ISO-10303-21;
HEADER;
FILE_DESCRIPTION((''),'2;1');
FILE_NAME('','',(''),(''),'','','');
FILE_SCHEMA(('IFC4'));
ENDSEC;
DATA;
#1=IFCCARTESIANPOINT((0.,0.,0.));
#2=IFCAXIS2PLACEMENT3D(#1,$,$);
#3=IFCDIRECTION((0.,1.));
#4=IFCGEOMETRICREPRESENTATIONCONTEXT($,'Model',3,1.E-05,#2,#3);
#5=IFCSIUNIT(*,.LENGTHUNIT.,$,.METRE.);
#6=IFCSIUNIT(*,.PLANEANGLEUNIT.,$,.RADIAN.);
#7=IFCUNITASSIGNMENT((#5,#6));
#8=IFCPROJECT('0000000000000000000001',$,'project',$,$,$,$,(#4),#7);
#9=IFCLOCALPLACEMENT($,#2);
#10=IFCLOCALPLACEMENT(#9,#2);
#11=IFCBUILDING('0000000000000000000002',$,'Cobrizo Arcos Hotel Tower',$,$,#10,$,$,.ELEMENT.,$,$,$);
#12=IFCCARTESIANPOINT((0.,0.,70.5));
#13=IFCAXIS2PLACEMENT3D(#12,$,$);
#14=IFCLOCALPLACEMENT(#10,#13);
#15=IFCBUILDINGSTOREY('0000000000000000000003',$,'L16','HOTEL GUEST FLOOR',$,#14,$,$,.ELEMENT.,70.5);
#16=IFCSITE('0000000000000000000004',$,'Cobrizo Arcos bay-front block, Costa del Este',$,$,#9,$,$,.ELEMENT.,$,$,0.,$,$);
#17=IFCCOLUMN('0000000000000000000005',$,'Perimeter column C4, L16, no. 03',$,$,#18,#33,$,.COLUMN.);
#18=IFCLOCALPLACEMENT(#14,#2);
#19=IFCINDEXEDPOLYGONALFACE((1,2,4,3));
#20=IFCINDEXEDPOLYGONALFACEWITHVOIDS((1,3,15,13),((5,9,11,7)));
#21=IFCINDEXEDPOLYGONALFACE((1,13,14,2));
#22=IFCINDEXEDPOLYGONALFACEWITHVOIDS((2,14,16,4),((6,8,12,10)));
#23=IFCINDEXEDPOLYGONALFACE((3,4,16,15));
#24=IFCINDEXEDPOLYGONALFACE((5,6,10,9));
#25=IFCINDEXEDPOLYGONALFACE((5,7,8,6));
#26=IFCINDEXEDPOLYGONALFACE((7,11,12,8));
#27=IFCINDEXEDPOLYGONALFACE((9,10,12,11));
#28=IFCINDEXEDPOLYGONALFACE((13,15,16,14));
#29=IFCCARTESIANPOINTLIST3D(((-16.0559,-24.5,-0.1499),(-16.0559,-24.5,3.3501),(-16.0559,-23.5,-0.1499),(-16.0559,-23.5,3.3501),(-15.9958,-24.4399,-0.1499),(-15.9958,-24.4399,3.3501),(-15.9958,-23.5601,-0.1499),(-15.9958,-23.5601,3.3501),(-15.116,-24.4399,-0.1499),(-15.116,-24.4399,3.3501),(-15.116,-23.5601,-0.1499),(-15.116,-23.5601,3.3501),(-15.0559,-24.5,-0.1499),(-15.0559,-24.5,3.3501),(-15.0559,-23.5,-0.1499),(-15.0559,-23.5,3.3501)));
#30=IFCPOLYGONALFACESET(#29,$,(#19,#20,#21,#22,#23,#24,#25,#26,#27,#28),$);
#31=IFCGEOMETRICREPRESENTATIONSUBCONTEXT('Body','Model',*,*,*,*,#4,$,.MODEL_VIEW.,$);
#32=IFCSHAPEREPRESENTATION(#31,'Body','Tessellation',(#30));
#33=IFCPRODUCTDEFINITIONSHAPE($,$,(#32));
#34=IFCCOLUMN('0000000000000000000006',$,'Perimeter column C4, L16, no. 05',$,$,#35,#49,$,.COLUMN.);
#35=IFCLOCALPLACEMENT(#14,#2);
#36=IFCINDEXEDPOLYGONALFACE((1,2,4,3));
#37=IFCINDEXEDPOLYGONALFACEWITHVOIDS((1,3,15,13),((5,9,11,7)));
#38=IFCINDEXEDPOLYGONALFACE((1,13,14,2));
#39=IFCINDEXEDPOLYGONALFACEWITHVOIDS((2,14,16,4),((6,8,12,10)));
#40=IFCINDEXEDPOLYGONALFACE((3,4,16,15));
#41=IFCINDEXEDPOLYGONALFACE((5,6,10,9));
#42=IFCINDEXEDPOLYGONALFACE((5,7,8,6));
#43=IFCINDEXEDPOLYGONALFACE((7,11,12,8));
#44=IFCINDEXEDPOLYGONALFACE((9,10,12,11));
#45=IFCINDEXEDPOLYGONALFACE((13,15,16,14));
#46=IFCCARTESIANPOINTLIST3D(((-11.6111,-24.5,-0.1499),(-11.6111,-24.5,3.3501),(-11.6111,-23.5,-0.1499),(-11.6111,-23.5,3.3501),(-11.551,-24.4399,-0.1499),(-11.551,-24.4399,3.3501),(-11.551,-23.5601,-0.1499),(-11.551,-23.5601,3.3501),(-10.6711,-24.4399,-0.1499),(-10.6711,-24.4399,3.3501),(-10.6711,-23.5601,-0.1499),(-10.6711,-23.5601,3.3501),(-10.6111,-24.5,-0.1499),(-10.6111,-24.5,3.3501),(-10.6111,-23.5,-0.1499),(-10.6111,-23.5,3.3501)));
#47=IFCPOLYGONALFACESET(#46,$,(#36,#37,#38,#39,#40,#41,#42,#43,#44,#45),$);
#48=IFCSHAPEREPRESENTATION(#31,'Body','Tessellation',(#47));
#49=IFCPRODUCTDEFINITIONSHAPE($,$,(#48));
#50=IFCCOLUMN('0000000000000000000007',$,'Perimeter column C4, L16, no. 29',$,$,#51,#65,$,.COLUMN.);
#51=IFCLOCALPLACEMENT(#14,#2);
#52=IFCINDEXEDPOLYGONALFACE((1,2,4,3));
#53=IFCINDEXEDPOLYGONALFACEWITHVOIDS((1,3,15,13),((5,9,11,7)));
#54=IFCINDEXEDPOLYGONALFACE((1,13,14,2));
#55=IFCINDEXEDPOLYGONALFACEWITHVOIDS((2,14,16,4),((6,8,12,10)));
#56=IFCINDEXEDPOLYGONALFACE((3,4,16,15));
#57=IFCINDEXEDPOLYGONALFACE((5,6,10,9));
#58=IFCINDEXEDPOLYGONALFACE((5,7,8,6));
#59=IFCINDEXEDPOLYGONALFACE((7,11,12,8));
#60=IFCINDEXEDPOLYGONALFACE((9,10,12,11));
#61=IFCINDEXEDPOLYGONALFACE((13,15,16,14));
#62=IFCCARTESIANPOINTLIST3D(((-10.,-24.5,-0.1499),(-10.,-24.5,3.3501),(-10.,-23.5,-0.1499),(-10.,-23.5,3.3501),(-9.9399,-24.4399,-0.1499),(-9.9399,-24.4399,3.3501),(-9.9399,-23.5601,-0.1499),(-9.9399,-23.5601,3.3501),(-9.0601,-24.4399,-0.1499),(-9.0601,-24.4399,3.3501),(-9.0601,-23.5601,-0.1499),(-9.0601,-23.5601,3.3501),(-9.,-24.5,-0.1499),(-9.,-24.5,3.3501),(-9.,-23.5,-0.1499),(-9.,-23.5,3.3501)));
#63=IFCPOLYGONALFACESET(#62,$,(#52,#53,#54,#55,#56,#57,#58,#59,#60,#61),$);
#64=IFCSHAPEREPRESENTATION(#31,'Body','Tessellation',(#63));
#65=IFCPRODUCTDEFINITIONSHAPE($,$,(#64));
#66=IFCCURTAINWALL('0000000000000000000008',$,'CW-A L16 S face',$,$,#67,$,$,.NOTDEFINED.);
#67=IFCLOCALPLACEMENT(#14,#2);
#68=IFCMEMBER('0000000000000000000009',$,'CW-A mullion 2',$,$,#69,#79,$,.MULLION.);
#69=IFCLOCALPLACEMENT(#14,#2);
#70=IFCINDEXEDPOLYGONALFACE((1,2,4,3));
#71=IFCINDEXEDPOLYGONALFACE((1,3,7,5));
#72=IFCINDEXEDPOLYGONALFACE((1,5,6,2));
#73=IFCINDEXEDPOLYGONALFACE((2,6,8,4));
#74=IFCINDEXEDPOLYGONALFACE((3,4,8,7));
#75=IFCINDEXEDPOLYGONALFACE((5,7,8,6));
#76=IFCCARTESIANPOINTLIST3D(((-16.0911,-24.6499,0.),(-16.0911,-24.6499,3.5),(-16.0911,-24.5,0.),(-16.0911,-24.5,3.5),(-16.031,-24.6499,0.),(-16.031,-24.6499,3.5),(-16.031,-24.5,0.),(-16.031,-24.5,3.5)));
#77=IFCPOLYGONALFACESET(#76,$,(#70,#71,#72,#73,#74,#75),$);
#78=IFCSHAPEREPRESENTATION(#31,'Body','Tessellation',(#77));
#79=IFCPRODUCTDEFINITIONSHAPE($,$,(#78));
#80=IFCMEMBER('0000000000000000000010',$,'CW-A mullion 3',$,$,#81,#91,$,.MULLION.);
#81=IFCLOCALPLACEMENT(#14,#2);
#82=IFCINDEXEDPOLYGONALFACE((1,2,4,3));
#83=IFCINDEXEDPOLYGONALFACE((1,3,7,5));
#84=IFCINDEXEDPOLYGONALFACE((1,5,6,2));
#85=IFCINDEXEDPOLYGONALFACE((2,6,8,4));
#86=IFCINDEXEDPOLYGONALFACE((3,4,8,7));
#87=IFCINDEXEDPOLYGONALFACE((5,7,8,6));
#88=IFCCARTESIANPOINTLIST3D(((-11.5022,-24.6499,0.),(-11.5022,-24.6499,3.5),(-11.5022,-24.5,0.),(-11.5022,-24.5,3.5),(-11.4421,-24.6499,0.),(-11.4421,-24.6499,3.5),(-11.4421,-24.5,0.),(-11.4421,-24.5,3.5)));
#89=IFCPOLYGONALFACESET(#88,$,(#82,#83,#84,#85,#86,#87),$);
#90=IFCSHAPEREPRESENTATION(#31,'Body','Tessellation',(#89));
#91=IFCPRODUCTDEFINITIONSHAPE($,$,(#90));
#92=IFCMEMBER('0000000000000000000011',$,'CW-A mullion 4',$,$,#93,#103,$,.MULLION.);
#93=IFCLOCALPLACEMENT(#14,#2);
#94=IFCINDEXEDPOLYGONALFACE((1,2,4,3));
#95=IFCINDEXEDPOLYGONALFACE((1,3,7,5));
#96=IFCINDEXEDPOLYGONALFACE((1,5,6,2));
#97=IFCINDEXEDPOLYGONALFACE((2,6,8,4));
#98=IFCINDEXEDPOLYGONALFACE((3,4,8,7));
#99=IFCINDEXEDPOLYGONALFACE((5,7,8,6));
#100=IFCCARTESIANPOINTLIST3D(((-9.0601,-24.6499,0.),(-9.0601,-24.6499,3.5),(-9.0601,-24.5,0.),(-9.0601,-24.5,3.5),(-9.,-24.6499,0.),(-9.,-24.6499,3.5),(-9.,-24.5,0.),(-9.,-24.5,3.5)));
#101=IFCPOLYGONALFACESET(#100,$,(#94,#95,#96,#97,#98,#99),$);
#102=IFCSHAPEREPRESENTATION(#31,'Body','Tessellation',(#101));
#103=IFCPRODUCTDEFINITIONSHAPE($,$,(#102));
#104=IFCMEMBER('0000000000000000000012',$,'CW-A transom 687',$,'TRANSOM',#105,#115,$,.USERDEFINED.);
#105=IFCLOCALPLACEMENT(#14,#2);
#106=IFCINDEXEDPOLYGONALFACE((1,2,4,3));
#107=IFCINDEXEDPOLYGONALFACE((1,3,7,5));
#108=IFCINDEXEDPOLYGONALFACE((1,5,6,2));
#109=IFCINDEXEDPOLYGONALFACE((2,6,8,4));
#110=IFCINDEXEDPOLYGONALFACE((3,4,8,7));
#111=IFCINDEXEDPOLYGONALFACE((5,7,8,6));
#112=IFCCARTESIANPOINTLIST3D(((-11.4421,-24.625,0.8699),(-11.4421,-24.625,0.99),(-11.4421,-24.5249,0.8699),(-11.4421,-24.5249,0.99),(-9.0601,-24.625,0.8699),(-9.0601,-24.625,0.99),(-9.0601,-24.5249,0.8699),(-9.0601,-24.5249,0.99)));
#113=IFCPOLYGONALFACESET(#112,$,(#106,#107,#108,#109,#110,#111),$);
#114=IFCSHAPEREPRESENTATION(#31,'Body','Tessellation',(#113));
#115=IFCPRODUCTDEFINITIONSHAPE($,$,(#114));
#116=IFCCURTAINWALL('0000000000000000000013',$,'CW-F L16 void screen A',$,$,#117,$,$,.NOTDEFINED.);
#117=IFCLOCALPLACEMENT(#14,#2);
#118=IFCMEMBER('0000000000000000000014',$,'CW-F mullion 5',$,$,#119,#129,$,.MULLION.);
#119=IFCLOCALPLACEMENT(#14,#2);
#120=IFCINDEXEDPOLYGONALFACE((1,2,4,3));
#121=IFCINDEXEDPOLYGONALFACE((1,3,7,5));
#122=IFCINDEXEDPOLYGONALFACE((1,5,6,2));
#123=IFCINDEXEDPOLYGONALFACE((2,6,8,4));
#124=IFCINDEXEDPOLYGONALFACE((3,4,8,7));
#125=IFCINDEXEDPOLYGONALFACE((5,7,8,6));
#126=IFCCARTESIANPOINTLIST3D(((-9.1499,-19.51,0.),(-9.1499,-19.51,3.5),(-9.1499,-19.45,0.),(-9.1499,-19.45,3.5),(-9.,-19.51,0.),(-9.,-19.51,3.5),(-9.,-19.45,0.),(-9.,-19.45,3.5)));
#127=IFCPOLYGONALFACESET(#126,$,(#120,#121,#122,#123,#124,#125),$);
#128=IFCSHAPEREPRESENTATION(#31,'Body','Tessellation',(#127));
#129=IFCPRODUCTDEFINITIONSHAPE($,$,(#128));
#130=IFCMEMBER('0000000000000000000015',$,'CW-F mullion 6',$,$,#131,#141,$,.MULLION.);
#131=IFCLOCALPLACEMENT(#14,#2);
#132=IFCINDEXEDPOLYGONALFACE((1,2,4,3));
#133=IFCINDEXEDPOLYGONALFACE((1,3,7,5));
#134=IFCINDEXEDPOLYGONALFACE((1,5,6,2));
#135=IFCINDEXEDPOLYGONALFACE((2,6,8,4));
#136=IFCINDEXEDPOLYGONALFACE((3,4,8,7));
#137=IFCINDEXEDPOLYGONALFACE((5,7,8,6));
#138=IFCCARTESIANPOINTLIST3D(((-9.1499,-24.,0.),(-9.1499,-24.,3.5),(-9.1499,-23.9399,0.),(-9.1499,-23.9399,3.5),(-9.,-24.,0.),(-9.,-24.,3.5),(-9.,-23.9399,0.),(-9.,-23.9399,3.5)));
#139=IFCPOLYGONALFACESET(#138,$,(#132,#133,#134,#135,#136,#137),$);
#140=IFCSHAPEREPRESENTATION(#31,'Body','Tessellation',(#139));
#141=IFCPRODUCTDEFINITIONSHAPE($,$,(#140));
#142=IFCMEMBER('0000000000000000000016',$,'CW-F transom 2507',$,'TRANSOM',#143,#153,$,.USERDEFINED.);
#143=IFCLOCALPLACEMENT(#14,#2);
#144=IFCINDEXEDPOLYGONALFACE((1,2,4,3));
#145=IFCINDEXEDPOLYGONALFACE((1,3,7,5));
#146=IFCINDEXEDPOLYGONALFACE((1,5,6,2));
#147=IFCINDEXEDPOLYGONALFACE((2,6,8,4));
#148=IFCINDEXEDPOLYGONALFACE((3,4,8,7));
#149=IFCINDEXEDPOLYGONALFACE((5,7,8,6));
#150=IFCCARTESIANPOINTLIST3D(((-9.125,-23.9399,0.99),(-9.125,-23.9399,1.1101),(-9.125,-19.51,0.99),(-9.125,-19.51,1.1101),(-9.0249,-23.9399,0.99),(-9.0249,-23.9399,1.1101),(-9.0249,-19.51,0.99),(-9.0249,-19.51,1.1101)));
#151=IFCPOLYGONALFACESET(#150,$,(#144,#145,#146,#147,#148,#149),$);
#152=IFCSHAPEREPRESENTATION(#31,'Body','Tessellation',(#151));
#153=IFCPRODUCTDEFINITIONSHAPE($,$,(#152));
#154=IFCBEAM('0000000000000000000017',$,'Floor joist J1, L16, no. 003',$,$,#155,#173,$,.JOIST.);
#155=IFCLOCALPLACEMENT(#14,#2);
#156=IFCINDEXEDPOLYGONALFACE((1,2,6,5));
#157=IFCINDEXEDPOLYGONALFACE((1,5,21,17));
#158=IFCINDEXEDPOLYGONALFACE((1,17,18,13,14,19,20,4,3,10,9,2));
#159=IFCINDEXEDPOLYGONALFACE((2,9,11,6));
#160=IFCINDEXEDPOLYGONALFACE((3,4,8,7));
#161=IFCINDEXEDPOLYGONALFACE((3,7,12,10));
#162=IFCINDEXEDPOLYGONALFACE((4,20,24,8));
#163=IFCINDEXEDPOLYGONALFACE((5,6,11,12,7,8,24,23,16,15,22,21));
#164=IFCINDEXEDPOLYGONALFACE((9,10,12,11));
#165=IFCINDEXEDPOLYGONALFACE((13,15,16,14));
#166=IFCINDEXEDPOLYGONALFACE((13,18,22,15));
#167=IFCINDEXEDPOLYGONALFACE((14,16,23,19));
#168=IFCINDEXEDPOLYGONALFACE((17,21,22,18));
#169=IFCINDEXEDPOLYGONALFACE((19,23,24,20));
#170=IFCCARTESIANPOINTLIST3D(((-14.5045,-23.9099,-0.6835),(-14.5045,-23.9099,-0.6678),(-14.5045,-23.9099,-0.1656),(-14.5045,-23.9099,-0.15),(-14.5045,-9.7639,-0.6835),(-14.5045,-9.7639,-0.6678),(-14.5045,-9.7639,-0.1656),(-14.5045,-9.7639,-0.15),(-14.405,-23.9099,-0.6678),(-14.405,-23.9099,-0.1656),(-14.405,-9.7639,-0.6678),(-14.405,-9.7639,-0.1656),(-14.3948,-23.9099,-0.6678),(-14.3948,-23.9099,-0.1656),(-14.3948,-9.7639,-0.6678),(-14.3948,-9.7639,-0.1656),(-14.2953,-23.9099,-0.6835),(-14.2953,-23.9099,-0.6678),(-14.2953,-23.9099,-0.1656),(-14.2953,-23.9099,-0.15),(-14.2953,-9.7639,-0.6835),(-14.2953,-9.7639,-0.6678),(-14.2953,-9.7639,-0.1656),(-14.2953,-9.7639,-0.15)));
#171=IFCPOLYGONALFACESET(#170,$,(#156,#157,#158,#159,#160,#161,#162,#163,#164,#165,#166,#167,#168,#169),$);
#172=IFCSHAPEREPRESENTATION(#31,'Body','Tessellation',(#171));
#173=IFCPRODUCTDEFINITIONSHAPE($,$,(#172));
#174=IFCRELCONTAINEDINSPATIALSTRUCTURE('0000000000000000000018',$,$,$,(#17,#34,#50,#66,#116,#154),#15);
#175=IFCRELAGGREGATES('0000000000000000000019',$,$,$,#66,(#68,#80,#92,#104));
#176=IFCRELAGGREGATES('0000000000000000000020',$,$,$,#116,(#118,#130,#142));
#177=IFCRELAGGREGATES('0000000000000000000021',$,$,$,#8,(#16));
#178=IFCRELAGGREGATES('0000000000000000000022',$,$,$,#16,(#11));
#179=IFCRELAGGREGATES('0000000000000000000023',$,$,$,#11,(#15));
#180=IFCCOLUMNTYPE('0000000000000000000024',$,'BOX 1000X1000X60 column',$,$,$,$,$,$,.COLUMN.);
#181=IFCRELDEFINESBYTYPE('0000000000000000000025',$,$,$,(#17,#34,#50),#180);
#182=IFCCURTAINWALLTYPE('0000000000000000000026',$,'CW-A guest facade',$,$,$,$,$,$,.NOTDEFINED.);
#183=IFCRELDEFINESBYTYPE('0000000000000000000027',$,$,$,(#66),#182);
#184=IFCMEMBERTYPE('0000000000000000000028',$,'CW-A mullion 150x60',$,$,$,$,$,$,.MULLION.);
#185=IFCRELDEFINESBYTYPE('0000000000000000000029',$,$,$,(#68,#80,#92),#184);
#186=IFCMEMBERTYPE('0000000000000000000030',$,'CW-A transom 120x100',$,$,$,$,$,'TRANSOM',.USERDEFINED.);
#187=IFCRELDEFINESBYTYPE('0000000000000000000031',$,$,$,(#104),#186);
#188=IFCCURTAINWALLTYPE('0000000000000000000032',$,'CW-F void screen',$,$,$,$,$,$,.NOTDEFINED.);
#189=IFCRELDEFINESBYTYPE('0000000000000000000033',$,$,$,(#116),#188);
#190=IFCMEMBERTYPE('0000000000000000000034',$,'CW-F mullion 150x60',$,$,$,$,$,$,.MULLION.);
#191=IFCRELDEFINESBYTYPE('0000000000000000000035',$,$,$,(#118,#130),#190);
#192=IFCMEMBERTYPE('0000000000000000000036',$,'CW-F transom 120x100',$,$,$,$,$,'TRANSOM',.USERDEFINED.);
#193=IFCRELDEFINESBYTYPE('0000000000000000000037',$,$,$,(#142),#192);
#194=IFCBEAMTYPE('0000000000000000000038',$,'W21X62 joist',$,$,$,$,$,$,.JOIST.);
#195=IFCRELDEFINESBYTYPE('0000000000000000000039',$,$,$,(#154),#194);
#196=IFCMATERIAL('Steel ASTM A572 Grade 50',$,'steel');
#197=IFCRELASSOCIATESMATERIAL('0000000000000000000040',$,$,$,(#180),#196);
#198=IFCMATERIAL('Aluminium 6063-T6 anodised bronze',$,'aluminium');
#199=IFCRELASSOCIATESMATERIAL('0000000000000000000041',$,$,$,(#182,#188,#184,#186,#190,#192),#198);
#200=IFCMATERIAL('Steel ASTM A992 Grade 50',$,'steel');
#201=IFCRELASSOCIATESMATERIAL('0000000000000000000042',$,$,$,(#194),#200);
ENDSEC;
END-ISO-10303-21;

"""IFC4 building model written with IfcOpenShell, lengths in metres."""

from ifc_helpers import new_model, si_unit, direction, frame, origin, origin_2d, place, context, subcontext, project, spatial, rectangle, hollow_rectangle, i_section, extrude, material, material_profile, profile_set, type_object, element, aggregate, save


model = new_model("IFC4")

# Units and contexts
model_context = context("Model", 3, precision=1e-05, world=origin(), true_north=direction((0.0, 1.0)))
body_context = subcontext(model_context, "Body", "Model", "MODEL_VIEW")
ifc_project = project(units=[si_unit("LENGTHUNIT", "METRE"), si_unit("PLANEANGLEUNIT", "RADIAN")], contexts=[model_context])

# Site, building, storey
site_placement = place(None, origin())
site = spatial("IfcSite", under=ifc_project, at=site_placement, Name="Cobrizo Arcos bay-front block, Costa del Este", CompositionType="ELEMENT", RefElevation=0.0)
building_placement = place(site_placement, origin())
building = spatial("IfcBuilding", under=site, at=building_placement, Name="Cobrizo Arcos Hotel Tower", CompositionType="ELEMENT")
storey_placement = place(building_placement, frame((0.0, 0.0, 70.5)))
storey = spatial("IfcBuildingStorey", under=building, at=storey_placement, Name="L16", Description="HOTEL GUEST FLOOR", CompositionType="ELEMENT", Elevation=70.5)

# Columns
ifc_material_1 = material(Name="Steel ASTM A572 Grade 50", Category="steel")
ifc_material_profile_1 = material_profile(ifc_material_1, hollow_rectangle(XDim=1.0, YDim=1.0, WallThickness=0.0601, at=origin_2d()), Name="BOX 1000X1000X60")
ifc_profile_set_1 = profile_set([ifc_material_profile_1], Name="Steel ASTM A572 Grade 50")
column_type = type_object("IfcColumnType", Name="BOX 1000X1000X60 column", PredefinedType="COLUMN", material=ifc_profile_set_1)
for number, where, z_axis, x_axis, name in (
    (1, (-15.5559, -24.0, -0.1499), (0.0, 0.0, 1.0), (1.0, 0.0, 0.0), "Perimeter column C4, L16, no. 03"),
    (2, (-11.1111, -24.0, -0.1499), (0.0, 0.0, 1.0), (1.0, 0.0, 0.0), "Perimeter column C4, L16, no. 05"),
    (3, (-9.5, -24.0, -0.1499), (0.0, 0.0, 1.0), (1.0, 0.0, 0.0), "Perimeter column C4, L16, no. 29"),
):
    element("IfcColumn", number, at=place(storey_placement, frame(where, z_axis=z_axis, x_axis=x_axis)), inside=storey, type_object=column_type, Name=name, PredefinedType="COLUMN", context=body_context, shape_type="SweptSolid", body=[
        extrude(hollow_rectangle(XDim=1.0, YDim=1.0, WallThickness=0.0601, at=origin_2d()), origin(), (0.0, 0.0, 1.0), 3.5),
    ])

# Curtain walls, members
ifc_material_2 = material(Name="Aluminium 6063-T6 anodised bronze", Category="aluminium")
curtain_wall_type_1 = type_object("IfcCurtainWallType", Name="CW-A guest facade", PredefinedType="NOTDEFINED", material=ifc_material_2)
curtain_wall_1_placement = place(storey_placement, origin())
curtain_wall_1 = element("IfcCurtainWall", 4, at=curtain_wall_1_placement, inside=storey, type_object=curtain_wall_type_1, Name="CW-A L16 S face", PredefinedType="NOTDEFINED")
ifc_material_profile_2 = material_profile(ifc_material_2, rectangle(XDim=0.1499, YDim=0.0601, at=origin_2d()), Name="CW-A mullion 150x60")
ifc_profile_set_2 = profile_set([ifc_material_profile_2], Name="Aluminium 6063-T6 anodised bronze")
member_type_1 = type_object("IfcMemberType", Name="CW-A mullion 150x60", PredefinedType="MULLION", material=ifc_profile_set_2)
member_1_placement = place(storey_placement, frame((-16.061, -24.575, 0.0), z_axis=(0.0, 0.0, 1.0), x_axis=(0.0, -1.0, 0.0)))
member_1 = element("IfcMember", 5, at=member_1_placement, type_object=member_type_1, Name="CW-A mullion 2", PredefinedType="MULLION", context=body_context, shape_type="SweptSolid", body=[
    extrude(rectangle(XDim=0.1499, YDim=0.0601, at=origin_2d()), origin(), (0.0, 0.0, 1.0), 3.5),
])
member_2_placement = place(storey_placement, frame((-11.4722, -24.575, 0.0), z_axis=(0.0, 0.0, 1.0), x_axis=(0.0, -1.0, 0.0)))
member_2 = element("IfcMember", 6, at=member_2_placement, type_object=member_type_1, Name="CW-A mullion 3", PredefinedType="MULLION", context=body_context, shape_type="SweptSolid", body=[
    extrude(rectangle(XDim=0.1499, YDim=0.0601, at=origin_2d()), origin(), (0.0, 0.0, 1.0), 3.5),
])
member_3_placement = place(storey_placement, frame((-9.03, -24.575, 0.0), z_axis=(0.0, 0.0, 1.0), x_axis=(0.0, -1.0, 0.0)))
member_3 = element("IfcMember", 7, at=member_3_placement, type_object=member_type_1, Name="CW-A mullion 4", PredefinedType="MULLION", context=body_context, shape_type="SweptSolid", body=[
    extrude(rectangle(XDim=0.1499, YDim=0.0601, at=origin_2d()), origin(), (0.0, 0.0, 1.0), 3.5),
])
ifc_material_profile_3 = material_profile(ifc_material_2, rectangle(XDim=0.1001, YDim=0.1201, at=origin_2d()), Name="CW-A transom 120x100")
ifc_profile_set_3 = profile_set([ifc_material_profile_3], Name="Aluminium 6063-T6 anodised bronze")
member_type_2 = type_object("IfcMemberType", Name="CW-A transom 120x100", ElementType="TRANSOM", PredefinedType="USERDEFINED", material=ifc_profile_set_3)
member_4_placement = place(storey_placement, frame((-11.4421, -24.575, 0.9299), z_axis=(1.0, 0.0, 0.0), x_axis=(0.0, 1.0, 0.0)))
member_4 = element("IfcMember", 8, at=member_4_placement, type_object=member_type_2, Name="CW-A transom 687", ObjectType="TRANSOM", PredefinedType="USERDEFINED", context=body_context, shape_type="SweptSolid", body=[
    extrude(rectangle(XDim=0.1001, YDim=0.1201, at=origin_2d()), origin(), (0.0, 0.0, 1.0), 2.3821),
])
curtain_wall_type_2 = type_object("IfcCurtainWallType", Name="CW-F void screen", PredefinedType="NOTDEFINED", material=ifc_material_2)
curtain_wall_2_placement = place(storey_placement, origin())
curtain_wall_2 = element("IfcCurtainWall", 9, at=curtain_wall_2_placement, inside=storey, type_object=curtain_wall_type_2, Name="CW-F L16 void screen A", PredefinedType="NOTDEFINED")
ifc_material_profile_4 = material_profile(ifc_material_2, rectangle(XDim=0.1499, YDim=0.0601, at=origin_2d()), Name="CW-F mullion 150x60")
ifc_profile_set_4 = profile_set([ifc_material_profile_4], Name="Aluminium 6063-T6 anodised bronze")
member_type_3 = type_object("IfcMemberType", Name="CW-F mullion 150x60", PredefinedType="MULLION", material=ifc_profile_set_4)
member_5_placement = place(storey_placement, frame((-9.075, -19.48, 0.0), z_axis=(0.0, 0.0, 1.0), x_axis=(-1.0, 0.0, 0.0)))
member_5 = element("IfcMember", 10, at=member_5_placement, type_object=member_type_3, Name="CW-F mullion 5", PredefinedType="MULLION", context=body_context, shape_type="SweptSolid", body=[
    extrude(rectangle(XDim=0.1499, YDim=0.0601, at=origin_2d()), origin(), (0.0, 0.0, 1.0), 3.5),
])
member_6_placement = place(storey_placement, frame((-9.075, -23.97, 0.0), z_axis=(0.0, 0.0, 1.0), x_axis=(-1.0, 0.0, 0.0)))
member_6 = element("IfcMember", 11, at=member_6_placement, type_object=member_type_3, Name="CW-F mullion 6", PredefinedType="MULLION", context=body_context, shape_type="SweptSolid", body=[
    extrude(rectangle(XDim=0.1499, YDim=0.0601, at=origin_2d()), origin(), (0.0, 0.0, 1.0), 3.5),
])
ifc_material_profile_5 = material_profile(ifc_material_2, rectangle(XDim=0.1001, YDim=0.1201, at=origin_2d()), Name="CW-F transom 120x100")
ifc_profile_set_5 = profile_set([ifc_material_profile_5], Name="Aluminium 6063-T6 anodised bronze")
member_type_4 = type_object("IfcMemberType", Name="CW-F transom 120x100", ElementType="TRANSOM", PredefinedType="USERDEFINED", material=ifc_profile_set_5)
member_7_placement = place(storey_placement, frame((-9.075, -19.51, 1.05), z_axis=(0.0, -1.0, 0.0), x_axis=(1.0, 0.0, 0.0)))
member_7 = element("IfcMember", 12, at=member_7_placement, type_object=member_type_4, Name="CW-F transom 2507", ObjectType="TRANSOM", PredefinedType="USERDEFINED", context=body_context, shape_type="SweptSolid", body=[
    extrude(rectangle(XDim=0.1001, YDim=0.1201, at=origin_2d()), origin(), (0.0, 0.0, 1.0), 4.4299),
])

# Beam
ifc_material_3 = material(Name="Steel ASTM A992 Grade 50", Category="steel")
ifc_material_profile_6 = material_profile(ifc_material_3, i_section(OverallWidth=0.2092, OverallDepth=0.5334, WebThickness=0.0103, FlangeThickness=0.0156, at=origin_2d()), Name="W21X62")
ifc_profile_set_6 = profile_set([ifc_material_profile_6], Name="Steel ASTM A992 Grade 50")
beam_type_1 = type_object("IfcBeamType", Name="W21X62 joist", PredefinedType="JOIST", material=ifc_profile_set_6)
beam_1_placement = place(storey_placement, frame((-14.3999, -23.9099, -0.4167), z_axis=(0.0, 1.0, 0.0), x_axis=(-1.0, 0.0, 0.0)))
element("IfcBeam", 13, at=beam_1_placement, inside=storey, type_object=beam_type_1, Name="Floor joist J1, L16, no. 003", PredefinedType="JOIST", context=body_context, shape_type="SweptSolid", body=[
    extrude(i_section(OverallWidth=0.2092, OverallDepth=0.5334, WebThickness=0.0103, FlangeThickness=0.0156, at=origin_2d()), origin(), (0.0, 0.0, 1.0), 14.146),
])

aggregate(curtain_wall_1, [member_1, member_2, member_3, member_4])
aggregate(curtain_wall_2, [member_5, member_6, member_7])

save(model, "model.ifc")
